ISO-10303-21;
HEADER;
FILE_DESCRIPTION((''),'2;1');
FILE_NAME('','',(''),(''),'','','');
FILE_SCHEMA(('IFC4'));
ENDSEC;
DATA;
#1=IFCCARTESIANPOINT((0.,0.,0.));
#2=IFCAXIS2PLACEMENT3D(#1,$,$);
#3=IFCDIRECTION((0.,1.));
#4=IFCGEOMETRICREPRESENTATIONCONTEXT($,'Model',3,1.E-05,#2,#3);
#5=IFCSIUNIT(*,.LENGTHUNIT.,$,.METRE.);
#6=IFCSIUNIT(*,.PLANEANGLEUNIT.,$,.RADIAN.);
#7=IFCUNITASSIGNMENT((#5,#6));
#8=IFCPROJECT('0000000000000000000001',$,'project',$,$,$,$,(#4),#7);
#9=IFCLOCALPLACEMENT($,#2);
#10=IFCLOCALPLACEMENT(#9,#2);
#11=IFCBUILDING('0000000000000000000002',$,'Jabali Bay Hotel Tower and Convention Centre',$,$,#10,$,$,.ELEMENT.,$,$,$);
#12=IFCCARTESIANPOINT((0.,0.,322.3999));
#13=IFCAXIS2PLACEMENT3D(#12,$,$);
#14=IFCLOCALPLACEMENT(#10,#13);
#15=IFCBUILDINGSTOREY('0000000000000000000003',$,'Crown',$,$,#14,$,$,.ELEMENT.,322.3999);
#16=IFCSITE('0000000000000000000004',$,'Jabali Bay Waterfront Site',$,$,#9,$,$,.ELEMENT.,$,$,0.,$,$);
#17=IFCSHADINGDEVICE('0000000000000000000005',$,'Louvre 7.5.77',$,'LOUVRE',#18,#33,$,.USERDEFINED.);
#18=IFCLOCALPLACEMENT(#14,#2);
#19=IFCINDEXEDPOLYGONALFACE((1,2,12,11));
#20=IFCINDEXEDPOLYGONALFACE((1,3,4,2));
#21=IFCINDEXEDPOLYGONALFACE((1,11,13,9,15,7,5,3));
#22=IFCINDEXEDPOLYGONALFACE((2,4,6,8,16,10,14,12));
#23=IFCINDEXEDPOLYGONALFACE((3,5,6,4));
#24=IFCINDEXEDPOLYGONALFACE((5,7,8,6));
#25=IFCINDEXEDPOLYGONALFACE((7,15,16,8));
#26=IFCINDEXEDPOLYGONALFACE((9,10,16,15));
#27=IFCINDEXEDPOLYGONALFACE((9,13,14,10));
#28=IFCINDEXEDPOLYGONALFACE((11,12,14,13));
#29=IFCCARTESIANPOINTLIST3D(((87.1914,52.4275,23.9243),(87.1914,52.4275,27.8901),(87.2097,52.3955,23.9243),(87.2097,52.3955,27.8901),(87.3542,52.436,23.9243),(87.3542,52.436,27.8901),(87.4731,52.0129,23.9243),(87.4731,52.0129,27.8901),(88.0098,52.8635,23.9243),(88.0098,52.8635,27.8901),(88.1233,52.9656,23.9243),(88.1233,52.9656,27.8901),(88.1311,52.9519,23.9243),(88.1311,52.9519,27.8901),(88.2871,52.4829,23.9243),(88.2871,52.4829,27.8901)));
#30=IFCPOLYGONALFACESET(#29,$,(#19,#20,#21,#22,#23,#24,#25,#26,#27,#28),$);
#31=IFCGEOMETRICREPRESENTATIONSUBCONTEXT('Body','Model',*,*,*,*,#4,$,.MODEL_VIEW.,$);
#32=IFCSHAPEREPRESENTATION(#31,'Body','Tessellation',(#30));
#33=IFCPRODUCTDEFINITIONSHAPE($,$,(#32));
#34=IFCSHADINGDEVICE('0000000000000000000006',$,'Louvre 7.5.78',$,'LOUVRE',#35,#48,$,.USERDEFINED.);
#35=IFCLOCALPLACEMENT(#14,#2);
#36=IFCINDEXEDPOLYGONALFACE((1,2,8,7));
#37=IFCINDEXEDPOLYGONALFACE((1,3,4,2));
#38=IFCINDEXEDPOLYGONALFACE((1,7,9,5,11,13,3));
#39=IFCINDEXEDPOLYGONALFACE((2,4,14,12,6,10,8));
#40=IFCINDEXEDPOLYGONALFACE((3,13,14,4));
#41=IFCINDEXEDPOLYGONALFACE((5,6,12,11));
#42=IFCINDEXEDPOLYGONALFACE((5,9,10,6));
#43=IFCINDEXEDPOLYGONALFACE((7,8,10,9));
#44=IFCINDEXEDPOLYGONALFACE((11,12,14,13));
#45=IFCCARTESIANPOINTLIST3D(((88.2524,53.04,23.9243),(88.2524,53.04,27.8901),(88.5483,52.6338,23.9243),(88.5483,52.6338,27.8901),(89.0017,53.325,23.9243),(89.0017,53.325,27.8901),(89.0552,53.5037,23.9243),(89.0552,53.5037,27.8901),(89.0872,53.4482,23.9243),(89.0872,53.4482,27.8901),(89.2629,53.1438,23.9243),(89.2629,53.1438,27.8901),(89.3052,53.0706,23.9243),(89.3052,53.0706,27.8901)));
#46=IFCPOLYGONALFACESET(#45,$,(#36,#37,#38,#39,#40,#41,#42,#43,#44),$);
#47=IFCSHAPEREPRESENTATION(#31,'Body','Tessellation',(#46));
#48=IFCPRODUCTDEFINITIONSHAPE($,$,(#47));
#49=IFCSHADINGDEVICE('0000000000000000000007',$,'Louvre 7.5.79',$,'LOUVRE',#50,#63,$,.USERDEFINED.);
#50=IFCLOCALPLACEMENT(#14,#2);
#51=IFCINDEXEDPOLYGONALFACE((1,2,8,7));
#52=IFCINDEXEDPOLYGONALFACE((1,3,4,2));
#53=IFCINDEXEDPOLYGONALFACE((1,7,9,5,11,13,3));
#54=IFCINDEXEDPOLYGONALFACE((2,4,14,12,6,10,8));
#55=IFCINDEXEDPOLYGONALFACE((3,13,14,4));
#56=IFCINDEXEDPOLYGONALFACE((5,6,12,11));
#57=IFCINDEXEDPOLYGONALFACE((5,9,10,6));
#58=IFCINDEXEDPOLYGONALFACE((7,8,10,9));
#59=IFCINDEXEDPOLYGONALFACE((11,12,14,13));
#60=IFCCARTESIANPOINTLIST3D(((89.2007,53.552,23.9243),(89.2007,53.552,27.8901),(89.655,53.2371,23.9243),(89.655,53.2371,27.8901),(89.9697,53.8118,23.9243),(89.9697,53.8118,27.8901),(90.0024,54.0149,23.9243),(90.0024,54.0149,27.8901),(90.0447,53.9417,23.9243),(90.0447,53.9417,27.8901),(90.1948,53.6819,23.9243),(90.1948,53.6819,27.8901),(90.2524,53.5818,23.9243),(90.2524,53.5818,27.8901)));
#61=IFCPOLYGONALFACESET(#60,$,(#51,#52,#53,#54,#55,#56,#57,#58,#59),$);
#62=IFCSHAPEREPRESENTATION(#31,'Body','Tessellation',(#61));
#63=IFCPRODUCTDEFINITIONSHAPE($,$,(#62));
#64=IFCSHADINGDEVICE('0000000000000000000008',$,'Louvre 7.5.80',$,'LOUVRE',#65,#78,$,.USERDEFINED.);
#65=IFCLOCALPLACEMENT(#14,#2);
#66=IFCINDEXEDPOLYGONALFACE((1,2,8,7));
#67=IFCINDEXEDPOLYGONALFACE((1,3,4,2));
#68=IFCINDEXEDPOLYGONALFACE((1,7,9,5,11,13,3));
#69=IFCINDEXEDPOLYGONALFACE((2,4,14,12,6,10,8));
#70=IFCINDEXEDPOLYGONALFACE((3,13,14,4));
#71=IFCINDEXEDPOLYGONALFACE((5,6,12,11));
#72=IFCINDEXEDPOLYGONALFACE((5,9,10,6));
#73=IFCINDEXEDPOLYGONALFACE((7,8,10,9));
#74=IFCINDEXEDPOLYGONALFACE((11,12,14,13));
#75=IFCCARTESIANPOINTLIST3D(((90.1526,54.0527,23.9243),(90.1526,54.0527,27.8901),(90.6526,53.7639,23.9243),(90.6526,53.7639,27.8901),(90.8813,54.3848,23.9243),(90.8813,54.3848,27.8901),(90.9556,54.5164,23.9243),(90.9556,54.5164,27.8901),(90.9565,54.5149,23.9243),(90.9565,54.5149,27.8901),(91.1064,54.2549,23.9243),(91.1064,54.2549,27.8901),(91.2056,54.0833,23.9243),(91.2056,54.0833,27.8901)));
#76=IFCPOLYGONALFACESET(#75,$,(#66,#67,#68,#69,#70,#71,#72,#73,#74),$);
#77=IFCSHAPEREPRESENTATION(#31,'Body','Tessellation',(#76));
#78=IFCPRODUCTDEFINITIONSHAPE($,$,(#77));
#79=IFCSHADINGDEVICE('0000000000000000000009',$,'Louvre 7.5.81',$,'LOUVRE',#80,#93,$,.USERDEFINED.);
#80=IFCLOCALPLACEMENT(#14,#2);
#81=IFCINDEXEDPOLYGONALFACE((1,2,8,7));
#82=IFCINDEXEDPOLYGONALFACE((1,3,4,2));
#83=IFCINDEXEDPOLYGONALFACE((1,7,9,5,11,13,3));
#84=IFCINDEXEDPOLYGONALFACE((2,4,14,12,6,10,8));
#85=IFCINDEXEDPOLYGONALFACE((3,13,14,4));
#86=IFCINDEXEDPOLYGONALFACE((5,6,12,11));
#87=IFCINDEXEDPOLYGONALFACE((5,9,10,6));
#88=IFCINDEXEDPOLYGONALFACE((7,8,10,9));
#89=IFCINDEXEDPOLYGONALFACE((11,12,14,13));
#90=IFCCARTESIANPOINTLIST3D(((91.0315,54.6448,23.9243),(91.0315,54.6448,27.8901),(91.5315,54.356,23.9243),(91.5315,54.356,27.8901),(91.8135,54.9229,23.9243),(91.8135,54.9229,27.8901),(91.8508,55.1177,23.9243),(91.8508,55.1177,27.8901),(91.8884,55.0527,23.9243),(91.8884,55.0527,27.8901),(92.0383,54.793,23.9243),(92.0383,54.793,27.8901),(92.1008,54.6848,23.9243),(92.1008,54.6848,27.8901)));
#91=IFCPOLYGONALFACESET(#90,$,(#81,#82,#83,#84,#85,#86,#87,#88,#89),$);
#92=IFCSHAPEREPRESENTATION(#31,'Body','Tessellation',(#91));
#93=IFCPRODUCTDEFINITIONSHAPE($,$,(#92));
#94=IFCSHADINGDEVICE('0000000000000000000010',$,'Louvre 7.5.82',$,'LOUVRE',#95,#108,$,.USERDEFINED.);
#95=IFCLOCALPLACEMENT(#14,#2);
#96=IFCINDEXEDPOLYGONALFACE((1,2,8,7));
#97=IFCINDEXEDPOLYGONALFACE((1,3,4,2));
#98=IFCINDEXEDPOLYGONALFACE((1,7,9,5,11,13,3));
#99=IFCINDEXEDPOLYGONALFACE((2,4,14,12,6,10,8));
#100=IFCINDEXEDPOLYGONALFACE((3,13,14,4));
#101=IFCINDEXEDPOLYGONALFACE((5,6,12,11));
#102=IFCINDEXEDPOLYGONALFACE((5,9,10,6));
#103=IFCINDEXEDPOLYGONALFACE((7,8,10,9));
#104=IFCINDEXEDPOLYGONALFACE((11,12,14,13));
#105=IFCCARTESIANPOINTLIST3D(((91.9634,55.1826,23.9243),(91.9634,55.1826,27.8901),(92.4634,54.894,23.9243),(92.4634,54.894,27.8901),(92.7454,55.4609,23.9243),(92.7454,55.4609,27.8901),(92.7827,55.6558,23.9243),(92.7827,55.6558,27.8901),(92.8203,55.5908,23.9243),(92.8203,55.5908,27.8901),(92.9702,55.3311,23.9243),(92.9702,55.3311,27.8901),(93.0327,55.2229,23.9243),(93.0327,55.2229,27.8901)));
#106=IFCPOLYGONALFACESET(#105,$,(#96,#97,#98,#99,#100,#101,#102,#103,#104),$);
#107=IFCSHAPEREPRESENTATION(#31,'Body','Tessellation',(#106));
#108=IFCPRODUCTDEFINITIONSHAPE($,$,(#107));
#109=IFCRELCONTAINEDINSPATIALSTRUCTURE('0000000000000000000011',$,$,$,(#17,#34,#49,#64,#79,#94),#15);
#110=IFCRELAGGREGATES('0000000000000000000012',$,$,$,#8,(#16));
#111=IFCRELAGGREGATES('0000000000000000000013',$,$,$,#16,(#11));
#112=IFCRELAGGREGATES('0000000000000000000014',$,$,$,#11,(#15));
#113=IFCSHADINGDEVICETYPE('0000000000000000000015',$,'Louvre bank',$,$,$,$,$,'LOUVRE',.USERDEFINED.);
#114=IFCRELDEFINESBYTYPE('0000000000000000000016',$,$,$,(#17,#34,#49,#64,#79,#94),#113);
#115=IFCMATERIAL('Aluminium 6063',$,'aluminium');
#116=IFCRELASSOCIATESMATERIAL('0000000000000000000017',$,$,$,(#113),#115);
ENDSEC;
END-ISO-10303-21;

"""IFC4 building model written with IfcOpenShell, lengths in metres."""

from ifc_helpers import new_model, si_unit, direction, frame, origin, place, context, subcontext, project, spatial, polyline, outline, extrude, material, type_object, element, save


model = new_model("IFC4")

# Units and contexts
model_context = context("Model", 3, precision=1e-05, world=origin(), true_north=direction((0.0, 1.0)))
body_context = subcontext(model_context, "Body", "Model", "MODEL_VIEW")
ifc_project = project(units=[si_unit("LENGTHUNIT", "METRE"), si_unit("PLANEANGLEUNIT", "RADIAN")], contexts=[model_context])

# Site, building, storey
site_placement = place(None, origin())
site = spatial("IfcSite", under=ifc_project, at=site_placement, Name="Jabali Bay Waterfront Site", CompositionType="ELEMENT", RefElevation=0.0)
building_placement = place(site_placement, origin())
building = spatial("IfcBuilding", under=site, at=building_placement, Name="Jabali Bay Hotel Tower and Convention Centre", CompositionType="ELEMENT")
storey_placement = place(building_placement, frame((0.0, 0.0, 322.3999)))
storey = spatial("IfcBuildingStorey", under=building, at=storey_placement, Name="Crown", CompositionType="ELEMENT", Elevation=322.3999)

# Shading devices
ifc_material_1 = material(Name="Aluminium 6063", Category="aluminium")
shading_device_type = type_object("IfcShadingDeviceType", Name="Louvre bank", ElementType="LOUVRE", PredefinedType="USERDEFINED", material=ifc_material_1)
shading_device_1_placement = place(storey_placement, frame((0.0, 0.0, 23.9243)))
element("IfcShadingDevice", 1, at=shading_device_1_placement, inside=storey, type_object=shading_device_type, Name="Louvre 7.5.77", ObjectType="LOUVRE", PredefinedType="USERDEFINED", context=body_context, shape_type="SweptSolid", body=[
    extrude(outline(polyline([(88.1233, 52.9656), (87.1914, 52.4275), (87.2097, 52.3955), (87.3542, 52.436), (87.4731, 52.0129), (88.2871, 52.4829), (88.0098, 52.8635), (88.1311, 52.9519), (88.1233, 52.9656)])), origin(), (0.0, 0.0, 1.0), 3.9658),
])
shading_device_2_placement = place(storey_placement, frame((0.0, 0.0, 23.9243)))
element("IfcShadingDevice", 2, at=shading_device_2_placement, inside=storey, type_object=shading_device_type, Name="Louvre 7.5.78", ObjectType="LOUVRE", PredefinedType="USERDEFINED", context=body_context, shape_type="SweptSolid", body=[
    extrude(outline(polyline([(89.0552, 53.5037), (88.2524, 53.04), (88.5483, 52.6338), (89.3052, 53.0706), (89.2629, 53.1438), (89.0017, 53.325), (89.0872, 53.4482), (89.0552, 53.5037)])), origin(), (0.0, 0.0, 1.0), 3.9658),
])
shading_device_3_placement = place(storey_placement, frame((0.0, 0.0, 23.9243)))
element("IfcShadingDevice", 3, at=shading_device_3_placement, inside=storey, type_object=shading_device_type, Name="Louvre 7.5.79", ObjectType="LOUVRE", PredefinedType="USERDEFINED", context=body_context, shape_type="SweptSolid", body=[
    extrude(outline(polyline([(90.0024, 54.0149), (89.2007, 53.552), (89.655, 53.2371), (90.2524, 53.5818), (90.1948, 53.6819), (89.9697, 53.8118), (90.0447, 53.9417), (90.0024, 54.0149)])), origin(), (0.0, 0.0, 1.0), 3.9658),
])
shading_device_4_placement = place(storey_placement, frame((0.0, 0.0, 23.9243)))
element("IfcShadingDevice", 4, at=shading_device_4_placement, inside=storey, type_object=shading_device_type, Name="Louvre 7.5.80", ObjectType="LOUVRE", PredefinedType="USERDEFINED", context=body_context, shape_type="SweptSolid", body=[
    extrude(outline(polyline([(90.9556, 54.5164), (90.1526, 54.0527), (90.6526, 53.7639), (91.2056, 54.0833), (91.1064, 54.2549), (90.8813, 54.3848), (90.9565, 54.5149), (90.9556, 54.5164)])), origin(), (0.0, 0.0, 1.0), 3.9658),
])
shading_device_5_placement = place(storey_placement, frame((0.0, 0.0, 23.9243)))
element("IfcShadingDevice", 5, at=shading_device_5_placement, inside=storey, type_object=shading_device_type, Name="Louvre 7.5.81", ObjectType="LOUVRE", PredefinedType="USERDEFINED", context=body_context, shape_type="SweptSolid", body=[
    extrude(outline(polyline([(91.8508, 55.1177), (91.0315, 54.6448), (91.5315, 54.356), (92.1008, 54.6848), (92.0383, 54.793), (91.8135, 54.9229), (91.8884, 55.0527), (91.8508, 55.1177)])), origin(), (0.0, 0.0, 1.0), 3.9658),
])
shading_device_6_placement = place(storey_placement, frame((0.0, 0.0, 23.9243)))
element("IfcShadingDevice", 6, at=shading_device_6_placement, inside=storey, type_object=shading_device_type, Name="Louvre 7.5.82", ObjectType="LOUVRE", PredefinedType="USERDEFINED", context=body_context, shape_type="SweptSolid", body=[
    extrude(outline(polyline([(92.7827, 55.6558), (91.9634, 55.1826), (92.4634, 54.894), (93.0327, 55.2229), (92.9702, 55.3311), (92.7454, 55.4609), (92.8203, 55.5908), (92.7827, 55.6558)])), origin(), (0.0, 0.0, 1.0), 3.9658),
])

save(model, "model.ifc")
